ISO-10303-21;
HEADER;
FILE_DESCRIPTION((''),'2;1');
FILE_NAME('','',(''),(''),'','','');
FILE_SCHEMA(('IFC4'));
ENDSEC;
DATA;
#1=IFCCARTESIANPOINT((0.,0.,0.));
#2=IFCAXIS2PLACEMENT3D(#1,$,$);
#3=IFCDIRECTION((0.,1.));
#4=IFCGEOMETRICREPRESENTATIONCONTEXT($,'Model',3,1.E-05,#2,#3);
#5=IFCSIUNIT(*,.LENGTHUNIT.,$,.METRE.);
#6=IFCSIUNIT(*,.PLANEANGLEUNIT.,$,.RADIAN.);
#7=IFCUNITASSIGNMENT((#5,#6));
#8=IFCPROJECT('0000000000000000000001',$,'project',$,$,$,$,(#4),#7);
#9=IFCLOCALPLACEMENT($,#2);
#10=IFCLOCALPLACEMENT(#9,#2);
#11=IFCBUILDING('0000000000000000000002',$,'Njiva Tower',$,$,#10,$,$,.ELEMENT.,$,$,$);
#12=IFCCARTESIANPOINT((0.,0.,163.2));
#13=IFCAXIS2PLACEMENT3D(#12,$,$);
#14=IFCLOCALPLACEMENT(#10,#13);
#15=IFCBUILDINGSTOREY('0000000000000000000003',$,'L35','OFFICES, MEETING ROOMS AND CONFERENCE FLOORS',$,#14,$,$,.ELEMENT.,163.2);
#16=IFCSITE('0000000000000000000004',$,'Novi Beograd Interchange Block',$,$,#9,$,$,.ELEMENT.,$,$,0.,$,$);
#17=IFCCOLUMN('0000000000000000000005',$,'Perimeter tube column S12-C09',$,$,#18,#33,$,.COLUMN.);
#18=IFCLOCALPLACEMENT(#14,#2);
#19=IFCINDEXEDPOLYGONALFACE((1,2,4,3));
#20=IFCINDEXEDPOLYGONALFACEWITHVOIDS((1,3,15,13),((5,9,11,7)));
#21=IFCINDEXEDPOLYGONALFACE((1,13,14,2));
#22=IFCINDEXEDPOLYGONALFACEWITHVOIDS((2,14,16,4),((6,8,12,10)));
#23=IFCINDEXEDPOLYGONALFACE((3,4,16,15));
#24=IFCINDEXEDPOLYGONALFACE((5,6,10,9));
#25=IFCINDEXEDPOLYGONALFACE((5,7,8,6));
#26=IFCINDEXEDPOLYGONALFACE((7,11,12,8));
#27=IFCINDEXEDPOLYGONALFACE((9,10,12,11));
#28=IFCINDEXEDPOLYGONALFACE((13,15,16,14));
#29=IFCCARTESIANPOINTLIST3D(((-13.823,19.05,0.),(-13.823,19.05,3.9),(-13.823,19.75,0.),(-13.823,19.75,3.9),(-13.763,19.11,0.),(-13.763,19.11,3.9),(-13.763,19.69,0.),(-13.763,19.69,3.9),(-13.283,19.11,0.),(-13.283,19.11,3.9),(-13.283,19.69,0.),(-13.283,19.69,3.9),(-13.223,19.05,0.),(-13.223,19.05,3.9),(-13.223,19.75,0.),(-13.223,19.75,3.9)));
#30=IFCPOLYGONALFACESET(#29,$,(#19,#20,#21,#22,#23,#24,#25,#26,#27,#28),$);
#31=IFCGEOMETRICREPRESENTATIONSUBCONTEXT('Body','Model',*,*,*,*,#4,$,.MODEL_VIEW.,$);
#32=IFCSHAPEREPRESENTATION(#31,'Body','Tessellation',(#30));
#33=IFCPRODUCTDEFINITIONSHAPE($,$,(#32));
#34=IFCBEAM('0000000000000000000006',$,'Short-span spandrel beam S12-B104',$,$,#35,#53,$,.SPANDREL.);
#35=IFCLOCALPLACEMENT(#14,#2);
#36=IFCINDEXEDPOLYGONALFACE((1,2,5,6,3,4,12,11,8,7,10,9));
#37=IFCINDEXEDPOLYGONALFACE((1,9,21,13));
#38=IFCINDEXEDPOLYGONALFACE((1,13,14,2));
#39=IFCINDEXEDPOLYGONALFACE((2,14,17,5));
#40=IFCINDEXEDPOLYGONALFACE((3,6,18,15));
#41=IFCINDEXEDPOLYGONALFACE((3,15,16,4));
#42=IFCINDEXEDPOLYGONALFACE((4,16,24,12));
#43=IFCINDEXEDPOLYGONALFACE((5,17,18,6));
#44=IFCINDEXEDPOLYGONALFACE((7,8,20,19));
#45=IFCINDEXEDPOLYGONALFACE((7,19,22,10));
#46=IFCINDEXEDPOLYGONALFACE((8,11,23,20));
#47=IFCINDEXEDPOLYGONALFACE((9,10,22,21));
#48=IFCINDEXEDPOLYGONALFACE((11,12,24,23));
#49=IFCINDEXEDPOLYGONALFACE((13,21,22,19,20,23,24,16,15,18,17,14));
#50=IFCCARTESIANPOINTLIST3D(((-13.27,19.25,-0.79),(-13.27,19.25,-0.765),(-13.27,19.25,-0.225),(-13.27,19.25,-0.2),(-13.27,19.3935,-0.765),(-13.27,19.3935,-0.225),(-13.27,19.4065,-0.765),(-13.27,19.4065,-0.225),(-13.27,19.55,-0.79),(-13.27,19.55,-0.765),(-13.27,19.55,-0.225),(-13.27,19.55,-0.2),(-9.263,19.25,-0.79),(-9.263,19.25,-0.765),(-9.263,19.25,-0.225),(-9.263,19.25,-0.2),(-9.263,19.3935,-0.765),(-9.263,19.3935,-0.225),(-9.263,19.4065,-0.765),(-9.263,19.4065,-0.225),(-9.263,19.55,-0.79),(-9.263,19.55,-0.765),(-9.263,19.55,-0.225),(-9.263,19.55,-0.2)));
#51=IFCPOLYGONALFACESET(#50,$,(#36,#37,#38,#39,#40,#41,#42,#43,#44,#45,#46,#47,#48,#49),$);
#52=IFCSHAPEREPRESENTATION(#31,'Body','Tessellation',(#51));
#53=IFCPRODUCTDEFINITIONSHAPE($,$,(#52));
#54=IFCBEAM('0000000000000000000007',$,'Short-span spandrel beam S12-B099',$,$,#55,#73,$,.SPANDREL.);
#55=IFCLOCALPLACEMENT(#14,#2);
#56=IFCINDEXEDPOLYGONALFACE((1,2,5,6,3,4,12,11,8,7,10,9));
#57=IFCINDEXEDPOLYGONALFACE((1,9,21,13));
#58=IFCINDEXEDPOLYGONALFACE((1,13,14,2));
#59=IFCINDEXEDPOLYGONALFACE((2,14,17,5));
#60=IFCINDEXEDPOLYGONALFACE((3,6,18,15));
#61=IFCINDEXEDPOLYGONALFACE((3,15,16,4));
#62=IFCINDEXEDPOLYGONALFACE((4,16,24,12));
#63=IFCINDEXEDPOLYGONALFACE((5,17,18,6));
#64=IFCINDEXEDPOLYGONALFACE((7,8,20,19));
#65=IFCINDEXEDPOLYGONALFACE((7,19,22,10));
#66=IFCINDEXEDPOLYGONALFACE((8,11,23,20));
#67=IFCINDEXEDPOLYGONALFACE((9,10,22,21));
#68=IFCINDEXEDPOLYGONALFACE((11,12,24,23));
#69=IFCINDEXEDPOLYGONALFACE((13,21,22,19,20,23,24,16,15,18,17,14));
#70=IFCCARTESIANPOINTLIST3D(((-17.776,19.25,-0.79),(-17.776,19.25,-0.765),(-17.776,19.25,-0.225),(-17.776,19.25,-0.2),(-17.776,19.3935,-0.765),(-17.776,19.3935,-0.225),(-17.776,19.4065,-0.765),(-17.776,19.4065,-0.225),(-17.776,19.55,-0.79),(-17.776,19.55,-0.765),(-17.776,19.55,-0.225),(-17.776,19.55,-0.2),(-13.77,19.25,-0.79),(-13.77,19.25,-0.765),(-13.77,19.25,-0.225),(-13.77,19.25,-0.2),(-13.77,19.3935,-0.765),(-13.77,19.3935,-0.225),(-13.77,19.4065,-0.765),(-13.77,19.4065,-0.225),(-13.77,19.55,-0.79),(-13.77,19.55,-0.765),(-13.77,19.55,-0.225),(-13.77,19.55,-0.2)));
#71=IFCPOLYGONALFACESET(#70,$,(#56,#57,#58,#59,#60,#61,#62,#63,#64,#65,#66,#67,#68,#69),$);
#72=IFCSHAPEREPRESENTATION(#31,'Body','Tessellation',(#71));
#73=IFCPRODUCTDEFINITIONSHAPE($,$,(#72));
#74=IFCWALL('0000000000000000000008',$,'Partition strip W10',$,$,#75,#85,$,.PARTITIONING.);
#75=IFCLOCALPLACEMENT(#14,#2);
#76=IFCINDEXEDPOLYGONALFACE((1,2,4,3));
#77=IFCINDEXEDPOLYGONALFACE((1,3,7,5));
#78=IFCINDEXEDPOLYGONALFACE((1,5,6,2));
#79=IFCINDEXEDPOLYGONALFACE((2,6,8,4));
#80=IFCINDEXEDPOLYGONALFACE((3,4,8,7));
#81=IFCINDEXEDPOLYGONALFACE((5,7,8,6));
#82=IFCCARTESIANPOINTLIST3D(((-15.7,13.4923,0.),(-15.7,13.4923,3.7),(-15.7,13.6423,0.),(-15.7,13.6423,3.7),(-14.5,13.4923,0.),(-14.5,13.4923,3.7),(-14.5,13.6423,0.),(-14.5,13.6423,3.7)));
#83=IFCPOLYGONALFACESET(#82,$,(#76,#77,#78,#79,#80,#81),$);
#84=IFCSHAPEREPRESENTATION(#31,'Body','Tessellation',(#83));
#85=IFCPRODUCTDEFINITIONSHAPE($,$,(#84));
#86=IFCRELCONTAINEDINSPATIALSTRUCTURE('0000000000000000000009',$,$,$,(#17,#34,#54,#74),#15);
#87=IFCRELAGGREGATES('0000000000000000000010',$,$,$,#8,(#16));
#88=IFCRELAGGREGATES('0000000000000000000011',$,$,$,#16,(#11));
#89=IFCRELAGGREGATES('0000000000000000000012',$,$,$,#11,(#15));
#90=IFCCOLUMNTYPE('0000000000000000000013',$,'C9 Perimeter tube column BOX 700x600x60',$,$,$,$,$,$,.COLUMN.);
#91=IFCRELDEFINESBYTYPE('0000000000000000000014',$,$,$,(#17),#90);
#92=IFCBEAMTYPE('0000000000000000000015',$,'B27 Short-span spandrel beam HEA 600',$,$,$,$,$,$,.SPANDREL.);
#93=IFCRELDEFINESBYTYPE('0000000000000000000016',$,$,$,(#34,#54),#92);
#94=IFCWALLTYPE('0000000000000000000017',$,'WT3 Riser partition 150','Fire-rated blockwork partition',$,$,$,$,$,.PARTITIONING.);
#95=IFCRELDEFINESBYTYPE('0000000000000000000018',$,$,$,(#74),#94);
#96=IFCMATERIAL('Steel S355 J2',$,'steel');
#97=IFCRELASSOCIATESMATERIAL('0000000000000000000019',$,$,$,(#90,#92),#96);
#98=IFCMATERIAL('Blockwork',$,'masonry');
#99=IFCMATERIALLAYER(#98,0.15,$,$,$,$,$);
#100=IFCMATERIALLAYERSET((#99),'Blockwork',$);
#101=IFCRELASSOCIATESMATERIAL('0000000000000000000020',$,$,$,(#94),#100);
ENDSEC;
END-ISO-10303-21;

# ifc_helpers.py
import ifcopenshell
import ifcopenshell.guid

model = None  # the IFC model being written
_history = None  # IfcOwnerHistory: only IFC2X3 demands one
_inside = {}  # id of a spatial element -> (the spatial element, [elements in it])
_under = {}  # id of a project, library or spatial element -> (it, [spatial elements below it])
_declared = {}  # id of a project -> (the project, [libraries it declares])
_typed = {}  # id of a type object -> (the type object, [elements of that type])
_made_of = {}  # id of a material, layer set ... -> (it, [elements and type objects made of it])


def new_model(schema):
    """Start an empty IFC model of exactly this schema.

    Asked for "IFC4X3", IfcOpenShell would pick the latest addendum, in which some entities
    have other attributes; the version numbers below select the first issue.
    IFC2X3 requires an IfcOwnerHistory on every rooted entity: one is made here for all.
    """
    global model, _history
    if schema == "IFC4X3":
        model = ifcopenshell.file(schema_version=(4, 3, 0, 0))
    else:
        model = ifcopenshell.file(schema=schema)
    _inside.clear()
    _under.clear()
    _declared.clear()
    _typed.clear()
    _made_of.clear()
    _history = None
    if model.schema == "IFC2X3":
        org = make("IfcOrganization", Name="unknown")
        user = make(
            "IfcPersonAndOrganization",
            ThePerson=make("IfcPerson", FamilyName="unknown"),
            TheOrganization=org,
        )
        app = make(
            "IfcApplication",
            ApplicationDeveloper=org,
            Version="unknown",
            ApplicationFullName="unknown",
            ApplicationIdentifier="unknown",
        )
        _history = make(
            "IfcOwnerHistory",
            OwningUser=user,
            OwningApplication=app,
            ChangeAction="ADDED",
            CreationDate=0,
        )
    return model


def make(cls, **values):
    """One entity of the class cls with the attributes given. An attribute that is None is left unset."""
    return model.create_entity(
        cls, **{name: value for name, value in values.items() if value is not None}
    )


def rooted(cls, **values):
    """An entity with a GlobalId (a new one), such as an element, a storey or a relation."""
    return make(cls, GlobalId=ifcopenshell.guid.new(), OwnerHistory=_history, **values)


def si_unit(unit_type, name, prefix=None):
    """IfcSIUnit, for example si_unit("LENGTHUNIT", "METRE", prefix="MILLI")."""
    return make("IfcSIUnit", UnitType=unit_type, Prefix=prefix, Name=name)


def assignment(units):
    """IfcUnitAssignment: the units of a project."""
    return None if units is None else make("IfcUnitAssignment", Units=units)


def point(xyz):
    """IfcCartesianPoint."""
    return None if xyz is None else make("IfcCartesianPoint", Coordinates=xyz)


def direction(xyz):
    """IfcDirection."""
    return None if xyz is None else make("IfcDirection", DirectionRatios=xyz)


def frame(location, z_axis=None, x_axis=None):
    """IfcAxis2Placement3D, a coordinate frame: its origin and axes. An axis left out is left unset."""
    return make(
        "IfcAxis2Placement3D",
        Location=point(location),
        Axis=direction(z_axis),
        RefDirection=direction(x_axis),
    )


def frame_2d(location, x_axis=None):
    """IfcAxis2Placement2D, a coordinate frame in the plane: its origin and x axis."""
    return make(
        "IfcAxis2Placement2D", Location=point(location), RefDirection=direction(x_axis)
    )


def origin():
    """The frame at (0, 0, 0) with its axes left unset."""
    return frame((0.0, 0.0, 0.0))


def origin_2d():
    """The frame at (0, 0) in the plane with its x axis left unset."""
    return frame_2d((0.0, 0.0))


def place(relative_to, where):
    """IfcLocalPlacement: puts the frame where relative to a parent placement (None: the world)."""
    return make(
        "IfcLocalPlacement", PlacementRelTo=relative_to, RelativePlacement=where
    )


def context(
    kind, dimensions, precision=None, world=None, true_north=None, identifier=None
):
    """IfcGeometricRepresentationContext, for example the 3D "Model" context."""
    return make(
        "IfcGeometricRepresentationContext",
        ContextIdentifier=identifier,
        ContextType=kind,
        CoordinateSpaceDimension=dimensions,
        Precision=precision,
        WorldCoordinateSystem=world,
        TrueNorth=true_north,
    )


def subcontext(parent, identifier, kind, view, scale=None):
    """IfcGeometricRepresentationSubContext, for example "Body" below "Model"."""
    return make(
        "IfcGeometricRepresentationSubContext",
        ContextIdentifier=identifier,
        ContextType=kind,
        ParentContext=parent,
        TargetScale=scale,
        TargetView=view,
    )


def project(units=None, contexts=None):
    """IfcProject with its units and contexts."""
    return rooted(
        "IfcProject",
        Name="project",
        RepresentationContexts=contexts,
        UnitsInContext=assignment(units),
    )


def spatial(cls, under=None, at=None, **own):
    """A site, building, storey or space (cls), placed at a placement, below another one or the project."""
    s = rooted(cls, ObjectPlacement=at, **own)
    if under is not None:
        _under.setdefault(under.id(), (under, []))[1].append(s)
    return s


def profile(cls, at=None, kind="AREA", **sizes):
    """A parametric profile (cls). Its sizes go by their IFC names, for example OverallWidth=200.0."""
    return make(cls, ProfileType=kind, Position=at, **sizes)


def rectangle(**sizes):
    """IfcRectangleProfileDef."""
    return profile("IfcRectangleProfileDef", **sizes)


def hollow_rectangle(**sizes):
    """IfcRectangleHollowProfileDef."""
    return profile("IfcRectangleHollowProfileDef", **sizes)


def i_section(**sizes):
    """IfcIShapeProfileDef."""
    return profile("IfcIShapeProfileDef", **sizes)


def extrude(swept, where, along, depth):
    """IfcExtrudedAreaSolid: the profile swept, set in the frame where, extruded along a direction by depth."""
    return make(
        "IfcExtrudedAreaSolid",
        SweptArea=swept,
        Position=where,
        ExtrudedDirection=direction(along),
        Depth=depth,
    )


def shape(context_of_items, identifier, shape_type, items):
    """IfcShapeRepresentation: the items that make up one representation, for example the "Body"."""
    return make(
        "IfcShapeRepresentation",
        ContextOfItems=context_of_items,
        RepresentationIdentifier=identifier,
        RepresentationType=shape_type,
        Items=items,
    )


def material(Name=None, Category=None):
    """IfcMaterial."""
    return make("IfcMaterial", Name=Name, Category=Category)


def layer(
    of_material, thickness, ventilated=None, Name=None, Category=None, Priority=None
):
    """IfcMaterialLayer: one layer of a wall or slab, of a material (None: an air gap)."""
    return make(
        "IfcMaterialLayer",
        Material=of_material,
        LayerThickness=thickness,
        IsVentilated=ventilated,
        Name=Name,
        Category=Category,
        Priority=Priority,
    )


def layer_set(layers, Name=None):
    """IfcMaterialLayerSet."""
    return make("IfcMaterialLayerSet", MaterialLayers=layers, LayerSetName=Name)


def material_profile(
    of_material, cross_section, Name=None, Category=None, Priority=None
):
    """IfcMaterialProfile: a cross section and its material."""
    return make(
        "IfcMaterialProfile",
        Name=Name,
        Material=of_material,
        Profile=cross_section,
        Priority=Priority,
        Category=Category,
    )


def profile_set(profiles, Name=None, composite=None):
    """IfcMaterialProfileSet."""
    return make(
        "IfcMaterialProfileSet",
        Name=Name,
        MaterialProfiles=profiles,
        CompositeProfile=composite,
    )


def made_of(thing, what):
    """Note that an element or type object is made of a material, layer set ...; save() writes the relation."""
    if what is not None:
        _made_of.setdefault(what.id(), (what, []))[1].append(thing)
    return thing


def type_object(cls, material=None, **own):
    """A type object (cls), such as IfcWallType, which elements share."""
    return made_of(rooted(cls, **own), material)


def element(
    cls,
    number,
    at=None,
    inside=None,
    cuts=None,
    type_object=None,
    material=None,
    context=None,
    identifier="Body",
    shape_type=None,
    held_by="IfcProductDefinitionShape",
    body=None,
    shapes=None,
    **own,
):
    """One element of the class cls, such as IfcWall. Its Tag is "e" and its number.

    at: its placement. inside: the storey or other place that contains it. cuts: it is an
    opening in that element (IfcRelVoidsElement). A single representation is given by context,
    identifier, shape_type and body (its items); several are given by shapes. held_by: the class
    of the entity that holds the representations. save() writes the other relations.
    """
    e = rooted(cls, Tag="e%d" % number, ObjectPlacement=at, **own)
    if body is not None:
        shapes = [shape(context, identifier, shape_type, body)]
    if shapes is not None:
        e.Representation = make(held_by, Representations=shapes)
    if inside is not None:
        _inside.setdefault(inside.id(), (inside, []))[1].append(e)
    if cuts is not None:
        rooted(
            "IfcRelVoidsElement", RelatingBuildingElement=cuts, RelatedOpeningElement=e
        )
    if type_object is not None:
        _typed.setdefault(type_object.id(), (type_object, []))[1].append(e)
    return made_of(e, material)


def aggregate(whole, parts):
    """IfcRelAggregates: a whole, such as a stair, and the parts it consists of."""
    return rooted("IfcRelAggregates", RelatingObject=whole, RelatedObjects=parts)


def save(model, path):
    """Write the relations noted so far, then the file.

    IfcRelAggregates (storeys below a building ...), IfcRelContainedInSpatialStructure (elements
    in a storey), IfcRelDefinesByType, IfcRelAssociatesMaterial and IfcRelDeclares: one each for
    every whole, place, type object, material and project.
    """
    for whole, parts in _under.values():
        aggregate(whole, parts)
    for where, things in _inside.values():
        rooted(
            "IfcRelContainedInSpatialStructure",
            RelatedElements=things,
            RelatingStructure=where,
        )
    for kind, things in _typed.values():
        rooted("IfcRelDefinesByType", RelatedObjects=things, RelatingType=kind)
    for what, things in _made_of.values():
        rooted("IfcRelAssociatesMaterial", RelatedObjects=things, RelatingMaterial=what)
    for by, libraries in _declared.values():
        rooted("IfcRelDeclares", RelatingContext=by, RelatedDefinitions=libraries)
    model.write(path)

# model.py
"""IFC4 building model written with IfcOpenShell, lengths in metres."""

from ifc_helpers import new_model, si_unit, direction, frame, frame_2d, origin, origin_2d, place, context, subcontext, project, spatial, rectangle, hollow_rectangle, i_section, extrude, material, layer, layer_set, material_profile, profile_set, type_object, element, save


model = new_model("IFC4")

# Units and contexts
model_context = context("Model", 3, precision=1e-05, world=origin(), true_north=direction((0.0, 1.0)))
body_context = subcontext(model_context, "Body", "Model", "MODEL_VIEW")
ifc_project = project(units=[si_unit("LENGTHUNIT", "METRE"), si_unit("PLANEANGLEUNIT", "RADIAN")], contexts=[model_context])

# Site, building, storey
site_placement = place(None, origin())
site = spatial("IfcSite", under=ifc_project, at=site_placement, Name="Novi Beograd Interchange Block", CompositionType="ELEMENT", RefElevation=0.0)
building_placement = place(site_placement, origin())
building = spatial("IfcBuilding", under=site, at=building_placement, Name="Njiva Tower", CompositionType="ELEMENT")
storey_placement = place(building_placement, frame((0.0, 0.0, 163.2)))
storey = spatial("IfcBuildingStorey", under=building, at=storey_placement, Name="L35", Description="OFFICES, MEETING ROOMS AND CONFERENCE FLOORS", CompositionType="ELEMENT", Elevation=163.2)

# Column
ifc_material_1 = material(Name="Steel S355 J2", Category="steel")
ifc_material_profile_1 = material_profile(ifc_material_1, hollow_rectangle(XDim=0.6, YDim=0.7, WallThickness=0.06, at=origin_2d()), Name="BOX 700x600x60")
ifc_profile_set_1 = profile_set([ifc_material_profile_1], Name="Steel S355 J2")
column_type = type_object("IfcColumnType", Name="C9 Perimeter tube column BOX 700x600x60", PredefinedType="COLUMN", material=ifc_profile_set_1)
column_placement = place(storey_placement, frame((-13.523, 19.4, 0.0), z_axis=(0.0, 0.0, 1.0), x_axis=(-1.0, 0.0, 0.0)))
element("IfcColumn", 1, at=column_placement, inside=storey, type_object=column_type, Name="Perimeter tube column S12-C09", PredefinedType="COLUMN", context=body_context, shape_type="SweptSolid", body=[
    extrude(hollow_rectangle(XDim=0.6, YDim=0.7, WallThickness=0.06, at=origin_2d()), origin(), (0.0, 0.0, 1.0), 3.9),
])

# Beams
ifc_material_profile_2 = material_profile(ifc_material_1, i_section(OverallWidth=0.3, OverallDepth=0.59, WebThickness=0.013, FlangeThickness=0.025, at=origin_2d()), Name="HEA 600")
ifc_profile_set_2 = profile_set([ifc_material_profile_2], Name="Steel S355 J2")
beam_type = type_object("IfcBeamType", Name="B27 Short-span spandrel beam HEA 600", PredefinedType="SPANDREL", material=ifc_profile_set_2)
beam_1_placement = place(storey_placement, frame((-9.263, 19.4, -0.495), z_axis=(-1.0, 0.0, 0.0), x_axis=(0.0, -1.0, 0.0)))
element("IfcBeam", 2, at=beam_1_placement, inside=storey, type_object=beam_type, Name="Short-span spandrel beam S12-B104", PredefinedType="SPANDREL", context=body_context, shape_type="SweptSolid", body=[
    extrude(i_section(OverallWidth=0.3, OverallDepth=0.59, WebThickness=0.013, FlangeThickness=0.025, at=origin_2d()), origin(), (0.0, 0.0, 1.0), 4.007),
])
beam_2_placement = place(storey_placement, frame((-13.77, 19.4, -0.495), z_axis=(-1.0, 0.0, 0.0), x_axis=(0.0, -1.0, 0.0)))
element("IfcBeam", 3, at=beam_2_placement, inside=storey, type_object=beam_type, Name="Short-span spandrel beam S12-B099", PredefinedType="SPANDREL", context=body_context, shape_type="SweptSolid", body=[
    extrude(i_section(OverallWidth=0.3, OverallDepth=0.59, WebThickness=0.013, FlangeThickness=0.025, at=origin_2d()), origin(), (0.0, 0.0, 1.0), 4.006),
])

# Wall
ifc_material_2 = material(Name="Blockwork", Category="masonry")
ifc_layer_1 = layer(ifc_material_2, 0.15)
ifc_layer_set_1 = layer_set([ifc_layer_1], Name="Blockwork")
wall_type_1 = type_object("IfcWallType", Name="WT3 Riser partition 150", Description="Fire-rated blockwork partition", PredefinedType="PARTITIONING", material=ifc_layer_set_1)
wall_1_placement = place(storey_placement, frame((-15.7, 13.5673, 0.0), z_axis=(0.0, 0.0, 1.0), x_axis=(1.0, 0.0, 0.0)))
element("IfcWall", 4, at=wall_1_placement, inside=storey, type_object=wall_type_1, Name="Partition strip W10", PredefinedType="PARTITIONING", context=body_context, shape_type="SweptSolid", body=[
    extrude(rectangle(XDim=1.2, YDim=0.15, at=frame_2d((0.6, 0.0))), origin(), (0.0, 0.0, 1.0), 3.7),
])

save(model, "model.ifc")
